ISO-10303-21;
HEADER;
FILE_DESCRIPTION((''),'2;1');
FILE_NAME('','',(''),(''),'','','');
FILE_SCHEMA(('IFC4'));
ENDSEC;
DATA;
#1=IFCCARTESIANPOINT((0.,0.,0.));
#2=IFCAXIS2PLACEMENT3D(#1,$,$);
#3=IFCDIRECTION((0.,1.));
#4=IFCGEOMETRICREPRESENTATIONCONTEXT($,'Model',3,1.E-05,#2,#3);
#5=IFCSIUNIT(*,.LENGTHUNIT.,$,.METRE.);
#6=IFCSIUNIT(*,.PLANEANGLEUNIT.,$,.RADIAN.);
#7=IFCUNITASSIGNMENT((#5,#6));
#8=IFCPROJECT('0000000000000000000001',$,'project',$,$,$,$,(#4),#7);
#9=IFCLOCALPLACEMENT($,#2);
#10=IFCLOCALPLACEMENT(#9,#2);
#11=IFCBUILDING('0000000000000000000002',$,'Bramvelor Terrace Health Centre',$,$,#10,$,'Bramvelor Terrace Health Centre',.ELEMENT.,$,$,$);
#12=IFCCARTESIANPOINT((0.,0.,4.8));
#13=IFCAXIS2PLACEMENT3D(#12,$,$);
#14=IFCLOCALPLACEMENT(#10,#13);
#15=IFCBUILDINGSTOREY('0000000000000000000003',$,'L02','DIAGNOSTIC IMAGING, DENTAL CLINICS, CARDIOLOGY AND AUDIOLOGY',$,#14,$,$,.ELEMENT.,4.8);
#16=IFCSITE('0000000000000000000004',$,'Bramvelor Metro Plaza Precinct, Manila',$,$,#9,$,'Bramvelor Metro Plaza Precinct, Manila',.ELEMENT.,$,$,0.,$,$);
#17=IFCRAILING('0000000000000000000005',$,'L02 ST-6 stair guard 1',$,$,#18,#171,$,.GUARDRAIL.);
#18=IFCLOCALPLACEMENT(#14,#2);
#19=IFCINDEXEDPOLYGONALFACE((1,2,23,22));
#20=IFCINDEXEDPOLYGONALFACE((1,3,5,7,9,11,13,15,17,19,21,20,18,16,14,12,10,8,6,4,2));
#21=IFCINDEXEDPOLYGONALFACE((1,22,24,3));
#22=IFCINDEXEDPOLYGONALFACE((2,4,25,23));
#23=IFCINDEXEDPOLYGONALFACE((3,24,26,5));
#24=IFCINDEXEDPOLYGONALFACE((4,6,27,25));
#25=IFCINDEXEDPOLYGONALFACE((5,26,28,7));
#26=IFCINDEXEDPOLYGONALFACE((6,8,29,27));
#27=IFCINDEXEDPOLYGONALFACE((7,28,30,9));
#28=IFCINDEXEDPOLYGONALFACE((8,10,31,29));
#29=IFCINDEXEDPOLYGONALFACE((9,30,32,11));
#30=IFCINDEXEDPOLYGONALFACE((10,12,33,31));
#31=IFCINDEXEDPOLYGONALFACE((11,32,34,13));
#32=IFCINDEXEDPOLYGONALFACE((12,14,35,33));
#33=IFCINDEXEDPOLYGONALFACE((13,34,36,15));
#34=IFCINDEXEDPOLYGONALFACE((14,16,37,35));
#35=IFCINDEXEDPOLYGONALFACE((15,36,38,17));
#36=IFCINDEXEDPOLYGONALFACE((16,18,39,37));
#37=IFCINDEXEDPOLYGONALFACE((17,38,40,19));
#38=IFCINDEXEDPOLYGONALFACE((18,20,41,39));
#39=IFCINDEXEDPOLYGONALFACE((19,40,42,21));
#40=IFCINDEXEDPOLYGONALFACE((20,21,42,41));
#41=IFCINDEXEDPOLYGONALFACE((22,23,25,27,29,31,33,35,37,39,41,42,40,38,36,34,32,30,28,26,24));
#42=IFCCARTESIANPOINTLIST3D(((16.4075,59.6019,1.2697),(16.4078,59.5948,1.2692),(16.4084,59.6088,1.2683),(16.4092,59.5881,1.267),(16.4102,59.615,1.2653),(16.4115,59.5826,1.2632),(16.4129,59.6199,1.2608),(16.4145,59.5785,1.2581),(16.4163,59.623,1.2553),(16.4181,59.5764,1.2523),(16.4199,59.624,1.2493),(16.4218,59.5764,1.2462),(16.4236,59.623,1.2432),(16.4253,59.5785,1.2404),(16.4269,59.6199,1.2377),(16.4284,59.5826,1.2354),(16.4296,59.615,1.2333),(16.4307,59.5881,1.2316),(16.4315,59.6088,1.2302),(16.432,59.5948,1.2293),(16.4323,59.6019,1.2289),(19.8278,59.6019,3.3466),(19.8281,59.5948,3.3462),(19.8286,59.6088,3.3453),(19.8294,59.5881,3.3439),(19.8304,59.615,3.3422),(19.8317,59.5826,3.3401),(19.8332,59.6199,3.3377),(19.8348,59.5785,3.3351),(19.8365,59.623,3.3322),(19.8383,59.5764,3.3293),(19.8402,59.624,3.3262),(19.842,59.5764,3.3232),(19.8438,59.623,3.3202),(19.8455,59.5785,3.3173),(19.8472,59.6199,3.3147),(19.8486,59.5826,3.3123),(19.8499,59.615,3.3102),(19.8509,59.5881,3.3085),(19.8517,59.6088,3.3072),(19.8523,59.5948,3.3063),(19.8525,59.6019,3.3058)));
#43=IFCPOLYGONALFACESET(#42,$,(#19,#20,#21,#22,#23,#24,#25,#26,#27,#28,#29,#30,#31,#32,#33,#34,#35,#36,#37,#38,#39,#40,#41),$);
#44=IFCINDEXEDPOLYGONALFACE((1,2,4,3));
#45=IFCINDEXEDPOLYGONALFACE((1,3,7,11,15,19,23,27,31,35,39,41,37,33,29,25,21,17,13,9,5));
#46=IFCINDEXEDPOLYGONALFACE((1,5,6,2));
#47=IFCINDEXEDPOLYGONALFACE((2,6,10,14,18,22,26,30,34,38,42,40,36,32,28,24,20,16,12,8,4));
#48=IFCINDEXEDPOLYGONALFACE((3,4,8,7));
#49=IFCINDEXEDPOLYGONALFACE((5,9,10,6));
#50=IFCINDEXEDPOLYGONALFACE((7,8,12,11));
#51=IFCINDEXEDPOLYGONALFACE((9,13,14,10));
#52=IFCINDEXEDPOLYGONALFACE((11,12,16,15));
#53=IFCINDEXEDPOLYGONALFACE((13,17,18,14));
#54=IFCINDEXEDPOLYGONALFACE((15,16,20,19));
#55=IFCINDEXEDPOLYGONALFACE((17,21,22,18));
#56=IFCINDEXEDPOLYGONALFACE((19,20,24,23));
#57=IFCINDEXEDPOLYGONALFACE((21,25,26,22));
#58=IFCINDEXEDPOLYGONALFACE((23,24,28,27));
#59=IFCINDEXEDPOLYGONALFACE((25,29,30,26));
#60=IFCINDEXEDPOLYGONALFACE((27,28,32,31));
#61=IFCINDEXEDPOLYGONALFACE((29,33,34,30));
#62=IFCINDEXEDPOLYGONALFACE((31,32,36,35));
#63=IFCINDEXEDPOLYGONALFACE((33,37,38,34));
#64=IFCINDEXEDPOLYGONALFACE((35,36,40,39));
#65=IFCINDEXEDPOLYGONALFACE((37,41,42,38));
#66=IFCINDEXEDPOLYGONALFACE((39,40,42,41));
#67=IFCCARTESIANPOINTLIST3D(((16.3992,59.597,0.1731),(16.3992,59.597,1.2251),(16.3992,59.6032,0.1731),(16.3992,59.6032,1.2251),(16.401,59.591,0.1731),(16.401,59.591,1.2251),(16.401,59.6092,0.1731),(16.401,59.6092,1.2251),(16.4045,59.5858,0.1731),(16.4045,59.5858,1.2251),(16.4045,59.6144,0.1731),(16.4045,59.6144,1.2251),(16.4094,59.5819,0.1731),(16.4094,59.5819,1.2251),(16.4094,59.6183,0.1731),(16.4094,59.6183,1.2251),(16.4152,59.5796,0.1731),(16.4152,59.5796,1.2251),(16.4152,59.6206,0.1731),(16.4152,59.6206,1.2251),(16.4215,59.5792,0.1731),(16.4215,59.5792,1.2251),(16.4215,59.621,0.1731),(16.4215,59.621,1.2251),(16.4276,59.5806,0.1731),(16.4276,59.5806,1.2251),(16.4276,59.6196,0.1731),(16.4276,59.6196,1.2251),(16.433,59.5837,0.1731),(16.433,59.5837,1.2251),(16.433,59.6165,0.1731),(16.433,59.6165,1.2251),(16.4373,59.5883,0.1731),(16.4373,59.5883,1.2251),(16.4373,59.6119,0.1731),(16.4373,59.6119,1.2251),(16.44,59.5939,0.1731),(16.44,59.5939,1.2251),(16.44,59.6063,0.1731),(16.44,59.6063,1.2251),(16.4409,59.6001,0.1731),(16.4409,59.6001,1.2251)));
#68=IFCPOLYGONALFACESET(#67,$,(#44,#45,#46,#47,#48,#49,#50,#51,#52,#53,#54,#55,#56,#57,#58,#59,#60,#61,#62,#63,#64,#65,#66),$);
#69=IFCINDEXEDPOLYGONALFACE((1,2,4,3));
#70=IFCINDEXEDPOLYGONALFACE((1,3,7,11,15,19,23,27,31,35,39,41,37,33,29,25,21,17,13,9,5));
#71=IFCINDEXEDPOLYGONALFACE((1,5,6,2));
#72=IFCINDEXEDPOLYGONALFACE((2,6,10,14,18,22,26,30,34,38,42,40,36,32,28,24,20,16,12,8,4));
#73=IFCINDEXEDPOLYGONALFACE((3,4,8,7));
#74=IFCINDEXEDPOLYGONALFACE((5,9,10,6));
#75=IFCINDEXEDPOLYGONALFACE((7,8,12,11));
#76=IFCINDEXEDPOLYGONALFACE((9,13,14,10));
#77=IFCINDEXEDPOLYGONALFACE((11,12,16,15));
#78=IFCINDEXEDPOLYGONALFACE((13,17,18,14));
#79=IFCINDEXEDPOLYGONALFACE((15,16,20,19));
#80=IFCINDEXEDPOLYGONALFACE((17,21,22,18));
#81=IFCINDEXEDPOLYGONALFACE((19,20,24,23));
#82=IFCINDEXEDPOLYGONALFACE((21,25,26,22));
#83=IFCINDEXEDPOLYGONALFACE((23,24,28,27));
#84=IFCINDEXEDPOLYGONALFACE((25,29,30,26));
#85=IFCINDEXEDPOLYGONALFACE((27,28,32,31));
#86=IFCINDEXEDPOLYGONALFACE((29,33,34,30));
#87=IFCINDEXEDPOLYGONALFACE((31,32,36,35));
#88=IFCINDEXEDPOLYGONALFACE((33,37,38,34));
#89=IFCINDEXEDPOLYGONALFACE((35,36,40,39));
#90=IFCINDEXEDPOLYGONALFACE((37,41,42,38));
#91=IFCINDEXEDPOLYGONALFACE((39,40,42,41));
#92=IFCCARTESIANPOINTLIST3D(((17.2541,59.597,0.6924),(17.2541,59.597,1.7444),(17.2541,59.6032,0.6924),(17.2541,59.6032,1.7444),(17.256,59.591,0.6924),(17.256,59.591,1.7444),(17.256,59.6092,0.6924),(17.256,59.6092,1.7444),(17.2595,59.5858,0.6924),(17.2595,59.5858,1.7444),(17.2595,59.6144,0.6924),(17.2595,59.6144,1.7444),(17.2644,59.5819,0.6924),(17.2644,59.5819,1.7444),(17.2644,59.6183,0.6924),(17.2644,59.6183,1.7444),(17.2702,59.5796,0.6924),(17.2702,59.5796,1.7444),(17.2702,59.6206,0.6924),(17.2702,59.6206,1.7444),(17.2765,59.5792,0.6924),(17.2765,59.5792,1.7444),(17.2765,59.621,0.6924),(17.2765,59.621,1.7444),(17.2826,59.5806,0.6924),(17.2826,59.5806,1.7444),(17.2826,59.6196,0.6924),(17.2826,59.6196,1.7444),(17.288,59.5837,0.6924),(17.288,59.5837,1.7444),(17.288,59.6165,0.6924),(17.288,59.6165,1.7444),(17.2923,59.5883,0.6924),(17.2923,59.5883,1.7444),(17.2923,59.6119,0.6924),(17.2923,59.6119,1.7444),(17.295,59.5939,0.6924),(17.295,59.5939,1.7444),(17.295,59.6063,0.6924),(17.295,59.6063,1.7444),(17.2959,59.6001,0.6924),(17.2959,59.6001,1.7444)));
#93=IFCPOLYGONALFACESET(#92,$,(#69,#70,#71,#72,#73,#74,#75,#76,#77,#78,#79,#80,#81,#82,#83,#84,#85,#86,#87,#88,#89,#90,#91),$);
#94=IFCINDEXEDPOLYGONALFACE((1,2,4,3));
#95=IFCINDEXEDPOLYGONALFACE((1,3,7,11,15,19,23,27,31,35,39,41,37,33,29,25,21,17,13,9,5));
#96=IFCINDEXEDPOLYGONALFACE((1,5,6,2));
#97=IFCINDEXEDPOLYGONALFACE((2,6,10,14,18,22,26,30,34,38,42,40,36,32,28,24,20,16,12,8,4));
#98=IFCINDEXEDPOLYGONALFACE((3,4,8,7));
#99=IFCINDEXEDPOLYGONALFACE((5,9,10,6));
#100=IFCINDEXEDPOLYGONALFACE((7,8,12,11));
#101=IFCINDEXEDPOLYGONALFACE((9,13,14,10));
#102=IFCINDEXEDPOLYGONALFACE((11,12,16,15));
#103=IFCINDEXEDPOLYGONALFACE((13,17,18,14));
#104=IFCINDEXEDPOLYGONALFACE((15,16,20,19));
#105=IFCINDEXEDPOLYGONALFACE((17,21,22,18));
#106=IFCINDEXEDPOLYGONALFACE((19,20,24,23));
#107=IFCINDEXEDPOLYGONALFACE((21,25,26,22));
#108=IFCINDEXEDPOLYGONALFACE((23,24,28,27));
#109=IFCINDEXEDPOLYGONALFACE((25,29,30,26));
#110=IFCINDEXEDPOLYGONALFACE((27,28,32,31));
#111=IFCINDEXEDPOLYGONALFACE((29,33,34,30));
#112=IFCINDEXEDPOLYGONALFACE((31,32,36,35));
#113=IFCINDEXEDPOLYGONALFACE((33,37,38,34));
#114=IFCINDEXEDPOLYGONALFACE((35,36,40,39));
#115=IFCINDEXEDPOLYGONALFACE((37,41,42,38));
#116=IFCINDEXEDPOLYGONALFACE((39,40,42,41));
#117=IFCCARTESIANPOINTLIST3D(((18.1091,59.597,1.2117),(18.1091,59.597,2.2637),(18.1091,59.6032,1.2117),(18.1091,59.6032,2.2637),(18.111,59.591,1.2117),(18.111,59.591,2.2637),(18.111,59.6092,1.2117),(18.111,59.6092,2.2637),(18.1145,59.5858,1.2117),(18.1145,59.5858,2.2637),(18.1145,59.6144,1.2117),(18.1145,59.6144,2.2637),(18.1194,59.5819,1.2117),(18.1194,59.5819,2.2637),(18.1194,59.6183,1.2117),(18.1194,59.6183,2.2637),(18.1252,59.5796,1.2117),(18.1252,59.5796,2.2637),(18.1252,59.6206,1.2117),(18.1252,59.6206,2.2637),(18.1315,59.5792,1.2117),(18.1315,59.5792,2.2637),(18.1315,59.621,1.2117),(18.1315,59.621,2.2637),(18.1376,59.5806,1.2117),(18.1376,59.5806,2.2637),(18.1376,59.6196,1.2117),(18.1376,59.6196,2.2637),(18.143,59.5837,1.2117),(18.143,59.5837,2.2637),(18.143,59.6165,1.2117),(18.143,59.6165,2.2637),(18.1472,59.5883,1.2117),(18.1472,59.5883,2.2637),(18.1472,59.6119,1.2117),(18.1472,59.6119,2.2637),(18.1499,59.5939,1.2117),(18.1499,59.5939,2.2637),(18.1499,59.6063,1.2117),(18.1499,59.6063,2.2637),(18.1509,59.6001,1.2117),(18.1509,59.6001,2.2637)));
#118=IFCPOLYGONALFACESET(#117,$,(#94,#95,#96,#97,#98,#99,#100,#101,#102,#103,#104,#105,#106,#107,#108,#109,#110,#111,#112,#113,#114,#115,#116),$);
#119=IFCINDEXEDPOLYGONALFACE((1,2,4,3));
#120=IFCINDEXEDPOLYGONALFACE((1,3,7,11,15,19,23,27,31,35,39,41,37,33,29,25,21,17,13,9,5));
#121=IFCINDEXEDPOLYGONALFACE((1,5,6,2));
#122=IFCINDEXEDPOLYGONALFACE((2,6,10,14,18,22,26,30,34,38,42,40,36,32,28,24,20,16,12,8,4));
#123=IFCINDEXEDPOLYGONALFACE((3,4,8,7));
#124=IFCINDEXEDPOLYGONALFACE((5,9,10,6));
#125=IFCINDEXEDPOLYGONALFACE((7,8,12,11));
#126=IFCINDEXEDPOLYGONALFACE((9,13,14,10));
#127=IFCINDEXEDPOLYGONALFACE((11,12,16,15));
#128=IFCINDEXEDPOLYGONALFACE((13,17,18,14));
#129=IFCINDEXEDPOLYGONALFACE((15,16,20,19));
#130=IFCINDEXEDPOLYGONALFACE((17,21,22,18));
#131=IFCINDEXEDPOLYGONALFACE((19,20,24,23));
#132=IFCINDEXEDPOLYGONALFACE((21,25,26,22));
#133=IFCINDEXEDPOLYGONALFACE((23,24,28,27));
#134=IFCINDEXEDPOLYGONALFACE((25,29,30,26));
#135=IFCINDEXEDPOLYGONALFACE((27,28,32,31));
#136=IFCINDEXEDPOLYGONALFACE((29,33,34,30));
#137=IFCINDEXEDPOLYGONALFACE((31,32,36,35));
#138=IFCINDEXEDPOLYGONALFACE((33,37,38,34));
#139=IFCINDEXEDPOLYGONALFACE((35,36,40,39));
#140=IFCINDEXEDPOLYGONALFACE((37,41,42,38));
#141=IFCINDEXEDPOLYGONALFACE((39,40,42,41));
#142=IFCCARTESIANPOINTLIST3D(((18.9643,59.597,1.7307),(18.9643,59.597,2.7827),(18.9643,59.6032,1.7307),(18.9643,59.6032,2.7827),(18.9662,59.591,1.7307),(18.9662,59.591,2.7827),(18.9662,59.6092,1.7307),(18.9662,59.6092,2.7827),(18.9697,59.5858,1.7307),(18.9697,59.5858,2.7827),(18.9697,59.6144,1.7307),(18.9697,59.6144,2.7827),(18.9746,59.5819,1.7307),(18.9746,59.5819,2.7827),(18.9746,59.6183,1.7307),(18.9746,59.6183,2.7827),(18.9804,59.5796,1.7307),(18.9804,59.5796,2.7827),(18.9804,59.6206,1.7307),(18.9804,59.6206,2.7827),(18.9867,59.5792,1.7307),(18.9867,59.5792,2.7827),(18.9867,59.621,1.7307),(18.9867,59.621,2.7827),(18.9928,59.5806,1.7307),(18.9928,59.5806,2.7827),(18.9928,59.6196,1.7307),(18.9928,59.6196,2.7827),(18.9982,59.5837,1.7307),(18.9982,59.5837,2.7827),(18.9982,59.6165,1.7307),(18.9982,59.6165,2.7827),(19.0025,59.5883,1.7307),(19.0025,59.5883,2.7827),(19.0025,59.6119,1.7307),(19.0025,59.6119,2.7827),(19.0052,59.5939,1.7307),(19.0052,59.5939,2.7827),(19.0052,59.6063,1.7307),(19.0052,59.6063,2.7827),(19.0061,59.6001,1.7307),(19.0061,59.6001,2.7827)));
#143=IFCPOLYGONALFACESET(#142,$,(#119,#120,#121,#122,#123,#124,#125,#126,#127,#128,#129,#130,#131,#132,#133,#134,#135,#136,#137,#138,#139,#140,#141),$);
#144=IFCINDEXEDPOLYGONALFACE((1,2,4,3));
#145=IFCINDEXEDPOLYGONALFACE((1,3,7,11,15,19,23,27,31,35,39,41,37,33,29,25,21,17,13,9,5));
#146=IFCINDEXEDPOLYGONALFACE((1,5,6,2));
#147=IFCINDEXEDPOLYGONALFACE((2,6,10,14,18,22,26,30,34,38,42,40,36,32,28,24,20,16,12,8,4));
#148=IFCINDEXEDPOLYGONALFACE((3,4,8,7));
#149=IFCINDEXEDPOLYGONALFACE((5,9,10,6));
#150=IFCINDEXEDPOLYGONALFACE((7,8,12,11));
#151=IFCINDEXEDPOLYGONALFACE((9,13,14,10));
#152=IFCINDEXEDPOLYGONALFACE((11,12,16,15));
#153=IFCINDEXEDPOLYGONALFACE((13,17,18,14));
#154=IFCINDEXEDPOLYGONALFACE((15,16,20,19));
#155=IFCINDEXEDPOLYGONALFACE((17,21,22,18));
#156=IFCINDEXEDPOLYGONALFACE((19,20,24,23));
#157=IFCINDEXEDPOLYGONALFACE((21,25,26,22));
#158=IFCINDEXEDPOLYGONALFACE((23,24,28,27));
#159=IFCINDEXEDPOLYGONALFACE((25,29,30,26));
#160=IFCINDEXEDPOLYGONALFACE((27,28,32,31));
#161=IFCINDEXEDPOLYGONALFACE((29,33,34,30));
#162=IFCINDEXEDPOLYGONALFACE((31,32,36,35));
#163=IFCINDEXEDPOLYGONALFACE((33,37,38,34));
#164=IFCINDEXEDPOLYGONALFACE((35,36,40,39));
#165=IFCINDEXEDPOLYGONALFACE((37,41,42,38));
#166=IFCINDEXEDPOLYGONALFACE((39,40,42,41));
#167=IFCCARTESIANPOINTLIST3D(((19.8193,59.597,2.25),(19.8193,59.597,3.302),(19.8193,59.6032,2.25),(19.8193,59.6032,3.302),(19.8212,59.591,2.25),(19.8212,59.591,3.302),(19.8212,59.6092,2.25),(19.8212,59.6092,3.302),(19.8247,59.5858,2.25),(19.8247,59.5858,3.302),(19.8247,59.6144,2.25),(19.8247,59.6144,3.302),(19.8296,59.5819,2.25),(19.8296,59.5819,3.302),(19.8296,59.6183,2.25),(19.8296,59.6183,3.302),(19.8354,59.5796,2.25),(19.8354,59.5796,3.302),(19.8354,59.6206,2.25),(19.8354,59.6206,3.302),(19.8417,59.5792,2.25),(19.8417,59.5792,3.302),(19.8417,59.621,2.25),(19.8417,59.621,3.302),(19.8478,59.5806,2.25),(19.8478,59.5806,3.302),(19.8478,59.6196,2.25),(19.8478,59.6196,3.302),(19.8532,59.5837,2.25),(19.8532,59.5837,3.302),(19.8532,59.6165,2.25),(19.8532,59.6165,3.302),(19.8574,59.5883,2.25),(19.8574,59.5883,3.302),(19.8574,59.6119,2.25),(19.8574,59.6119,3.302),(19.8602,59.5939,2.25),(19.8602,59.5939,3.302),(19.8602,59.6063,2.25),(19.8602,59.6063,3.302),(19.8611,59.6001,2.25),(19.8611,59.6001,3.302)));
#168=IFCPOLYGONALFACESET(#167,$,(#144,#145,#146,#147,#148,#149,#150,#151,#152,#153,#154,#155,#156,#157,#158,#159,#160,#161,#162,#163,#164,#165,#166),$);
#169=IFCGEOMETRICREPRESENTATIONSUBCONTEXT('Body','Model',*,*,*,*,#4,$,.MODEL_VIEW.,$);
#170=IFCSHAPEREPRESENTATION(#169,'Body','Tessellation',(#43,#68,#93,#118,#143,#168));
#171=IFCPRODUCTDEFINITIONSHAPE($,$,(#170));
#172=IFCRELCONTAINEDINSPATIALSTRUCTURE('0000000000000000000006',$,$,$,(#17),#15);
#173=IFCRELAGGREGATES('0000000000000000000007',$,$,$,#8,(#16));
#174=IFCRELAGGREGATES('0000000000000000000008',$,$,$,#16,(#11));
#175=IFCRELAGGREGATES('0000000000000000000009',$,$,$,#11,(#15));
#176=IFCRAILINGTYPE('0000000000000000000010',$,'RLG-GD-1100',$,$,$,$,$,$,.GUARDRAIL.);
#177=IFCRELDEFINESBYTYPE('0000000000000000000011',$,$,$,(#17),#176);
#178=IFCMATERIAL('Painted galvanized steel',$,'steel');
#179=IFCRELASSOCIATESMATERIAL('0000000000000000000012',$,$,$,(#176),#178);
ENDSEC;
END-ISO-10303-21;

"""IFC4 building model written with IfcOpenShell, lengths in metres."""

from ifc_helpers import new_model, si_unit, direction, frame, origin, origin_2d, place, context, subcontext, project, spatial, circle, extrude, material, type_object, element, save


model = new_model("IFC4")

# Units and contexts
model_context = context("Model", 3, precision=1e-05, world=origin(), true_north=direction((0.0, 1.0)))
body_context = subcontext(model_context, "Body", "Model", "MODEL_VIEW")
ifc_project = project(units=[si_unit("LENGTHUNIT", "METRE"), si_unit("PLANEANGLEUNIT", "RADIAN")], contexts=[model_context])

# Site, building, storey
site_placement = place(None, origin())
site = spatial("IfcSite", under=ifc_project, at=site_placement, Name="Bramvelor Metro Plaza Precinct, Manila", LongName="Bramvelor Metro Plaza Precinct, Manila", CompositionType="ELEMENT", RefElevation=0.0)
building_placement = place(site_placement, origin())
building = spatial("IfcBuilding", under=site, at=building_placement, Name="Bramvelor Terrace Health Centre", LongName="Bramvelor Terrace Health Centre", CompositionType="ELEMENT")
storey_placement = place(building_placement, frame((0.0, 0.0, 4.8)))
storey = spatial("IfcBuildingStorey", under=building, at=storey_placement, Name="L02", Description="DIAGNOSTIC IMAGING, DENTAL CLINICS, CARDIOLOGY AND AUDIOLOGY", CompositionType="ELEMENT", Elevation=4.8)

# Railing
ifc_material_1 = material(Name="Painted galvanized steel", Category="steel")
railing_type_1 = type_object("IfcRailingType", Name="RLG-GD-1100", PredefinedType="GUARDRAIL", material=ifc_material_1)
railing_1_placement = place(storey_placement, frame((16.4199, 59.6001, 0.1731)))
element("IfcRailing", 1, at=railing_1_placement, inside=storey, type_object=railing_type_1, Name="L02 ST-6 stair guard 1", PredefinedType="GUARDRAIL", context=body_context, shape_type="SweptSolid", body=[
    extrude(circle(Radius=0.0239, at=origin_2d()), frame((0.0, 0.0, 1.0762), z_axis=(0.854746, 0.0, 0.519047), x_axis=(0.0, 1.0, 0.0)), (0.0, 0.0, 1.0), 4.0015),
    extrude(circle(Radius=0.021, at=origin_2d()), origin(), (0.0, 0.0, 1.0), 1.052),
    extrude(circle(Radius=0.021, at=origin_2d()), frame((0.855, 0.0, 0.5193)), (0.0, 0.0, 1.0), 1.052),
    extrude(circle(Radius=0.021, at=origin_2d()), frame((1.71, 0.0, 1.0386)), (0.0, 0.0, 1.0), 1.052),
    extrude(circle(Radius=0.021, at=origin_2d()), frame((2.5652, 0.0, 1.5576)), (0.0, 0.0, 1.0), 1.052),
    extrude(circle(Radius=0.021, at=origin_2d()), frame((3.4202, 0.0, 2.0769)), (0.0, 0.0, 1.0), 1.052),
])

save(model, "model.ifc")
